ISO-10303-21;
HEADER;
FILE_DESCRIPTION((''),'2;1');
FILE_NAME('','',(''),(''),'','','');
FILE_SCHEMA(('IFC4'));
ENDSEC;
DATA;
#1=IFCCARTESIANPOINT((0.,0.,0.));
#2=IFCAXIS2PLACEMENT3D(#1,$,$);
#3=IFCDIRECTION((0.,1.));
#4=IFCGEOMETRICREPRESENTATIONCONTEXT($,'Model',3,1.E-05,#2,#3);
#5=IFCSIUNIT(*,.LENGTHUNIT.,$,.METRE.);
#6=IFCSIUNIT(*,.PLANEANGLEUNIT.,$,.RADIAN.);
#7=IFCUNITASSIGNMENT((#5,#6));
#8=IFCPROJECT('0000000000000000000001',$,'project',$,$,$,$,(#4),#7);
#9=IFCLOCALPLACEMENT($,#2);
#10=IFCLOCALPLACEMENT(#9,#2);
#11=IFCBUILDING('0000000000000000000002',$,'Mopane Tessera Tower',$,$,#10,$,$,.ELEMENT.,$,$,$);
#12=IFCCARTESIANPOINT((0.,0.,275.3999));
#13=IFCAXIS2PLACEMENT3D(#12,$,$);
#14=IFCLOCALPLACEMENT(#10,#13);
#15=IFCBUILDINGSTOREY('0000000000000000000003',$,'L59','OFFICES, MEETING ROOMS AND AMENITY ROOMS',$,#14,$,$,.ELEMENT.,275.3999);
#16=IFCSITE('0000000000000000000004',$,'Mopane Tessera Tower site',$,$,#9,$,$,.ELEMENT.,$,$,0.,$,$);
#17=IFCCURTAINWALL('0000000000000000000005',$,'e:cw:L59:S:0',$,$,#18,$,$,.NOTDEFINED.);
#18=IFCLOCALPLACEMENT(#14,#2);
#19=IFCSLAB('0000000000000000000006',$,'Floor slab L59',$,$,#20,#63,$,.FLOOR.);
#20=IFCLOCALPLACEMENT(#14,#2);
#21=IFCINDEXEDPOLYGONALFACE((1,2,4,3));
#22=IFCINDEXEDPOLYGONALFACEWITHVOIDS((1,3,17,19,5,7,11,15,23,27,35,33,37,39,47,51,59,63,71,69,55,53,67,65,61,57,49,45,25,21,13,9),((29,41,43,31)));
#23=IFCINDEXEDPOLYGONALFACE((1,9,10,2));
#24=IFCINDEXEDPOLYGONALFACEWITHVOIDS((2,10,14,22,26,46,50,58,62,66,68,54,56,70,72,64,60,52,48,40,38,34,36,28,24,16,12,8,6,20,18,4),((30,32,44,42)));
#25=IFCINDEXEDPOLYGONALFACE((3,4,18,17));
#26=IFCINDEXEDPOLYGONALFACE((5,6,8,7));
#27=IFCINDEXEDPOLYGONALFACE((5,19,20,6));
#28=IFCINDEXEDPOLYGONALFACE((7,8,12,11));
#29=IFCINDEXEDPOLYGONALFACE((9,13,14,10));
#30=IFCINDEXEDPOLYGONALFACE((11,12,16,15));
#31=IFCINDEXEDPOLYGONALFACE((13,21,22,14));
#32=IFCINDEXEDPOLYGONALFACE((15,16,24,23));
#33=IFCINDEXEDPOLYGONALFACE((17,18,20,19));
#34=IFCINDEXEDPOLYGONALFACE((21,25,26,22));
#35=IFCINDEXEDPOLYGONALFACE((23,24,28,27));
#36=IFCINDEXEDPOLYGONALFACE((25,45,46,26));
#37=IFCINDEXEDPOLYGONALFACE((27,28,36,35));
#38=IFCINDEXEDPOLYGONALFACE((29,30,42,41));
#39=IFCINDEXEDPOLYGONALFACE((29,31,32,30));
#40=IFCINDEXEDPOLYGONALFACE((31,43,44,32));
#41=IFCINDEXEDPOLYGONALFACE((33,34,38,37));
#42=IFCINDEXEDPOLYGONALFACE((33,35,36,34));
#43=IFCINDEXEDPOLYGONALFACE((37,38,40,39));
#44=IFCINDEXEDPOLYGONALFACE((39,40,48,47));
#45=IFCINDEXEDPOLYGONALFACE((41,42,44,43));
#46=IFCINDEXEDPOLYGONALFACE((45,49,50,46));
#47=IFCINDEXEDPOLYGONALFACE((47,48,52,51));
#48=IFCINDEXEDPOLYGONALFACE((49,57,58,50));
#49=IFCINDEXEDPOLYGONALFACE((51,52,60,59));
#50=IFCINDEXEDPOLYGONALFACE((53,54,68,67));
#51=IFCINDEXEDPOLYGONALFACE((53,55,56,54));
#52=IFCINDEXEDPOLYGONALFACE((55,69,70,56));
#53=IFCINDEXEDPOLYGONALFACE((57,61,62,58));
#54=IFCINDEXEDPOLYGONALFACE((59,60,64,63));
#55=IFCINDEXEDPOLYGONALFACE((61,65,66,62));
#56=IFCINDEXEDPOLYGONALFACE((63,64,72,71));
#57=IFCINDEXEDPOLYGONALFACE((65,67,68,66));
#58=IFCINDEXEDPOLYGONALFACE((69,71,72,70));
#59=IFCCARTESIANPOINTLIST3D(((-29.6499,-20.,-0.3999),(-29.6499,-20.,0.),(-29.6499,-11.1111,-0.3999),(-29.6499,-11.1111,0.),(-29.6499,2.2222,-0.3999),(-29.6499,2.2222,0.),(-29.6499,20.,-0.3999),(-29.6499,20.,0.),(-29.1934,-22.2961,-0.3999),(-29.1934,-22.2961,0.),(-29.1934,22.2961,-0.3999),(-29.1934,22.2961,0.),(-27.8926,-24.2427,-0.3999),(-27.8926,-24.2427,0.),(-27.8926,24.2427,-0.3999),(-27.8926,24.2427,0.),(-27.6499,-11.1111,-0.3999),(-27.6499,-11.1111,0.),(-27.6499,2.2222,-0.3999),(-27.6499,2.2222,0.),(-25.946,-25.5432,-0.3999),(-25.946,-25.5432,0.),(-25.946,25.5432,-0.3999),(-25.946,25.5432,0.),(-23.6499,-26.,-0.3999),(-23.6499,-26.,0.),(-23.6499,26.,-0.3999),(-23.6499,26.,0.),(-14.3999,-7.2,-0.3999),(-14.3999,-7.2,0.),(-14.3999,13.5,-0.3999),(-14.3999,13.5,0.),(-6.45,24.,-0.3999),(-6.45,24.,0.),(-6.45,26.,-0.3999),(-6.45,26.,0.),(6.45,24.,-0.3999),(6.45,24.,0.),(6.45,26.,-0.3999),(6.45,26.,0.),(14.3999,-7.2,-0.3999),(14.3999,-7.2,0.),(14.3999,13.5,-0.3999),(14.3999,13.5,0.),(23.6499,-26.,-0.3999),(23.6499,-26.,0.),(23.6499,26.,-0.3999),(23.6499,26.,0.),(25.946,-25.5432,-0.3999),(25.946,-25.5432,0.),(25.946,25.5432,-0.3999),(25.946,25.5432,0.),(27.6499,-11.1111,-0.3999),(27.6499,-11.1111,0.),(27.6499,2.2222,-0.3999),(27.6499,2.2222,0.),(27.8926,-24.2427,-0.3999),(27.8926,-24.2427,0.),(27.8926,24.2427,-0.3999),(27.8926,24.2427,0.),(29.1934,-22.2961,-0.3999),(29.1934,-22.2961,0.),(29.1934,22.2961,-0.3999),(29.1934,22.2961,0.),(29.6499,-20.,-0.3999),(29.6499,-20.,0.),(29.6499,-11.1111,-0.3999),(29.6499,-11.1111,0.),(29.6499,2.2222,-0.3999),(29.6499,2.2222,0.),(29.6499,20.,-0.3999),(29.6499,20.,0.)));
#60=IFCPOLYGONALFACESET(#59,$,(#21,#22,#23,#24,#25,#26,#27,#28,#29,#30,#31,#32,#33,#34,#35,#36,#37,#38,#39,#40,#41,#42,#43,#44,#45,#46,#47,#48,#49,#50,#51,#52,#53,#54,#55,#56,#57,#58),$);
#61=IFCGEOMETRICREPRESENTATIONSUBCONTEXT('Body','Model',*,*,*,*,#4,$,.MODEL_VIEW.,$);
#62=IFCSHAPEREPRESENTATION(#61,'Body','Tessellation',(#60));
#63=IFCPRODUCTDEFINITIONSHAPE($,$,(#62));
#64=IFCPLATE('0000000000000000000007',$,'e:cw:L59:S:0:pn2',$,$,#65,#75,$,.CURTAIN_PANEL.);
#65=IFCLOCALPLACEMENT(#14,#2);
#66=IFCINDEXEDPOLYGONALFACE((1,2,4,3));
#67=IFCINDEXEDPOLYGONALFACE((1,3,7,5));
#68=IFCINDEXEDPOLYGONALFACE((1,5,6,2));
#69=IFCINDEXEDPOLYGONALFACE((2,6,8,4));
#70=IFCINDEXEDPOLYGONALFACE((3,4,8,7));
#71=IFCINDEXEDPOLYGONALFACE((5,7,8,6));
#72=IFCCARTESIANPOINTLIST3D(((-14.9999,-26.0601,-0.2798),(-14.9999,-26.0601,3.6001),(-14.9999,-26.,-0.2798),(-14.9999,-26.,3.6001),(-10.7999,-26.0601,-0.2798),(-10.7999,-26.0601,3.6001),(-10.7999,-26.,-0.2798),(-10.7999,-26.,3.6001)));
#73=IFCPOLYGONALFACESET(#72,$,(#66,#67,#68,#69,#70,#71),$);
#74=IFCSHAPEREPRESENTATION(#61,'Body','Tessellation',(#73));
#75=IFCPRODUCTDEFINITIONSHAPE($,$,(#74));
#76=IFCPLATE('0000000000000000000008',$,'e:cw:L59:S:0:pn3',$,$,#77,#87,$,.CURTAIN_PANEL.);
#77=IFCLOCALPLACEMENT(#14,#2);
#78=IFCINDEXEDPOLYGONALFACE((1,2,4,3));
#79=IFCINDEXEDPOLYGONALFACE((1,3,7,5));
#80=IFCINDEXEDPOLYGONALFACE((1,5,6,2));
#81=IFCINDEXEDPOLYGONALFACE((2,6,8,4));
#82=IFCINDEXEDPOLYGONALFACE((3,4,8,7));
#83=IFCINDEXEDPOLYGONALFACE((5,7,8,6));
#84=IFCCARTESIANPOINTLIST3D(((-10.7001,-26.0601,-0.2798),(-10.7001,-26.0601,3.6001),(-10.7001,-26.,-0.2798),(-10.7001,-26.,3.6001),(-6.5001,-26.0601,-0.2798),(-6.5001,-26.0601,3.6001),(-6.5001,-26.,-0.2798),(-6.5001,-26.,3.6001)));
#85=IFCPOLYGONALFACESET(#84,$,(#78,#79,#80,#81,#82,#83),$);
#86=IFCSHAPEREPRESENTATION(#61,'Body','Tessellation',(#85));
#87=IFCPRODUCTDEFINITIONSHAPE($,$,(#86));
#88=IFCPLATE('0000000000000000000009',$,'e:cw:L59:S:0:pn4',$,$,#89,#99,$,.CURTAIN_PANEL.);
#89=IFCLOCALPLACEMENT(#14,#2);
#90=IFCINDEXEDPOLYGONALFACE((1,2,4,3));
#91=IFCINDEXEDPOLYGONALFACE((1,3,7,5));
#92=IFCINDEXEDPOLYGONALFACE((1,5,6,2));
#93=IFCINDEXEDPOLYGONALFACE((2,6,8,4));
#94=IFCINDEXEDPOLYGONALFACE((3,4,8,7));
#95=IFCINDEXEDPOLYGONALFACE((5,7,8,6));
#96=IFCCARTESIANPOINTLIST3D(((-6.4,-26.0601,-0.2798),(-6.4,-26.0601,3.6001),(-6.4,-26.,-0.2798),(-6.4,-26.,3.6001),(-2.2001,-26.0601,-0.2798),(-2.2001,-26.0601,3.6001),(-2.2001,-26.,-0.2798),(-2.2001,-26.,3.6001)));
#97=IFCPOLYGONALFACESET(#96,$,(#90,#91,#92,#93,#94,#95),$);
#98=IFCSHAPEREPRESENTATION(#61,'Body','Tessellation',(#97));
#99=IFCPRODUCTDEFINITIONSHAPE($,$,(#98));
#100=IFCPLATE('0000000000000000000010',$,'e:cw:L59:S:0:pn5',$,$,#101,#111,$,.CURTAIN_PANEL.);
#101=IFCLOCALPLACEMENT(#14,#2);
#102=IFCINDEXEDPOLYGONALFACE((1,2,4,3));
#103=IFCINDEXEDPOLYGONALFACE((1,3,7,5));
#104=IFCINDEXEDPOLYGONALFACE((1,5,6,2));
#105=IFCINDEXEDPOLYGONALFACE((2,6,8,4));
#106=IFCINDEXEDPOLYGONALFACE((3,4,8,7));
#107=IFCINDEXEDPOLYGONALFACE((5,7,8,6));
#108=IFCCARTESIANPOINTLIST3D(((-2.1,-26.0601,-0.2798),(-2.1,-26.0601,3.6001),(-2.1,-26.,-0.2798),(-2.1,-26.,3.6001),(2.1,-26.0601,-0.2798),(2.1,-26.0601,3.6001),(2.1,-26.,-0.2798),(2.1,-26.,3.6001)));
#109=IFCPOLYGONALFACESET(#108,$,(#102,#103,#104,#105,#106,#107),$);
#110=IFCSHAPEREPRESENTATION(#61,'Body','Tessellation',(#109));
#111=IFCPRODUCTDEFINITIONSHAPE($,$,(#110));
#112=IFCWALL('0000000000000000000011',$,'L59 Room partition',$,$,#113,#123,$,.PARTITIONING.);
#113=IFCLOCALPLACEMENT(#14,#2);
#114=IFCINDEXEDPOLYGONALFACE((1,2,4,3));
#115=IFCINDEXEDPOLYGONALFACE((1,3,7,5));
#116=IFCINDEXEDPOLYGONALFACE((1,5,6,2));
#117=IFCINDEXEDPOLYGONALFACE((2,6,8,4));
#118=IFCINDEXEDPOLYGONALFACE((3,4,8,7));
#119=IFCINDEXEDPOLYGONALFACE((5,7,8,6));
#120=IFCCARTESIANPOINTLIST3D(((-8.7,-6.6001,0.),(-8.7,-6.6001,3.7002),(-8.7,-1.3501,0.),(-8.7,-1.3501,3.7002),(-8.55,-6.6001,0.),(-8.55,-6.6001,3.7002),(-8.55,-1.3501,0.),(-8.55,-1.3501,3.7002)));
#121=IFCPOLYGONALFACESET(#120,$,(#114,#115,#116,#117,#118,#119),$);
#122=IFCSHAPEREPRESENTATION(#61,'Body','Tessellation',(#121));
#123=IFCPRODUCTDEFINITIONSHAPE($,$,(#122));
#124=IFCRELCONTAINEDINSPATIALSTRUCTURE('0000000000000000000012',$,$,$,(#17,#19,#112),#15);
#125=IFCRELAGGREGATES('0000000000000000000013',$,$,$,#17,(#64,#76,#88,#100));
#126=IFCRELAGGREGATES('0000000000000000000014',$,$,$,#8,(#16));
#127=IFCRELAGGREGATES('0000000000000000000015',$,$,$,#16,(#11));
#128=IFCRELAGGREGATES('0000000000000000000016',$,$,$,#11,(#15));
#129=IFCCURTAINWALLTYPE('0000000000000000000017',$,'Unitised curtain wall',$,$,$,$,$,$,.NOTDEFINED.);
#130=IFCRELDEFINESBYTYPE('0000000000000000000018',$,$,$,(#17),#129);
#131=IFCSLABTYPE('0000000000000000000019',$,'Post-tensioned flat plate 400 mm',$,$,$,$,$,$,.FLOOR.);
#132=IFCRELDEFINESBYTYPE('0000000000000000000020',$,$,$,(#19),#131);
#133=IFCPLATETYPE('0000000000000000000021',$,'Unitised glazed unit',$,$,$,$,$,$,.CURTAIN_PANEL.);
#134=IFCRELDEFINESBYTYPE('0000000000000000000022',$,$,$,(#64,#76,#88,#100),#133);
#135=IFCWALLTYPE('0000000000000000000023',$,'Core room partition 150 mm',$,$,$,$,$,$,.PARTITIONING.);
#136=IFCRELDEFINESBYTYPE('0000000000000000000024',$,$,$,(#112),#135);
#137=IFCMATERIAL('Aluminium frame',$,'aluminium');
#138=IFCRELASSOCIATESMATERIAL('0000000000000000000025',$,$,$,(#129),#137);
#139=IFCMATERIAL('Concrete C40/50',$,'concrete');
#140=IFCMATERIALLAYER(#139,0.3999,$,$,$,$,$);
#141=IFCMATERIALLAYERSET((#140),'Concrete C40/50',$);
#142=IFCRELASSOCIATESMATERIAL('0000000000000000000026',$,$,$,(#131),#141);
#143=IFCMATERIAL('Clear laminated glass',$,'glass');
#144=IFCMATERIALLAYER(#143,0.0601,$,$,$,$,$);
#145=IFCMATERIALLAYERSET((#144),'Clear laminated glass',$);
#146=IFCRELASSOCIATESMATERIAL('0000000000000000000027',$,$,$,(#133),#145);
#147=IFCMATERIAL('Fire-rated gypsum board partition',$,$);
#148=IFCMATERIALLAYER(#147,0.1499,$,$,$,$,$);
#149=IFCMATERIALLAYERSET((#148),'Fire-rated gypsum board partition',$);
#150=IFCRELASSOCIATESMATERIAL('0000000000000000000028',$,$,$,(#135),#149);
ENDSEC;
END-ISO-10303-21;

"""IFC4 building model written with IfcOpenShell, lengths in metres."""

from ifc_helpers import new_model, si_unit, direction, frame, frame_2d, origin, origin_2d, place, context, subcontext, project, spatial, polyline, rectangle, outline, extrude, material, layer, layer_set, type_object, element, aggregate, save


model = new_model("IFC4")

# Units and contexts
model_context = context("Model", 3, precision=1e-05, world=origin(), true_north=direction((0.0, 1.0)))
body_context = subcontext(model_context, "Body", "Model", "MODEL_VIEW")
ifc_project = project(units=[si_unit("LENGTHUNIT", "METRE"), si_unit("PLANEANGLEUNIT", "RADIAN")], contexts=[model_context])

# Site, building, storey
site_placement = place(None, origin())
site = spatial("IfcSite", under=ifc_project, at=site_placement, Name="Mopane Tessera Tower site", CompositionType="ELEMENT", RefElevation=0.0)
building_placement = place(site_placement, origin())
building = spatial("IfcBuilding", under=site, at=building_placement, Name="Mopane Tessera Tower", CompositionType="ELEMENT")
storey_placement = place(building_placement, frame((0.0, 0.0, 275.3999)))
storey = spatial("IfcBuildingStorey", under=building, at=storey_placement, Name="L59", Description="OFFICES, MEETING ROOMS AND AMENITY ROOMS", CompositionType="ELEMENT", Elevation=275.3999)

# Curtain wall
ifc_material_1 = material(Name="Aluminium frame", Category="aluminium")
curtain_wall_type = type_object("IfcCurtainWallType", Name="Unitised curtain wall", PredefinedType="NOTDEFINED", material=ifc_material_1)
curtain_wall_placement = place(storey_placement, origin())
curtain_wall = element("IfcCurtainWall", 1, at=curtain_wall_placement, inside=storey, type_object=curtain_wall_type, Name="e:cw:L59:S:0", PredefinedType="NOTDEFINED")

# Slab
ifc_material_2 = material(Name="Concrete C40/50", Category="concrete")
ifc_layer_1 = layer(ifc_material_2, 0.3999)
ifc_layer_set_1 = layer_set([ifc_layer_1], Name="Concrete C40/50")
slab_type_1 = type_object("IfcSlabType", Name="Post-tensioned flat plate 400 mm", PredefinedType="FLOOR", material=ifc_layer_set_1)
slab_1_placement = place(storey_placement, frame((0.0, 0.0, -0.3999)))
element("IfcSlab", 2, at=slab_1_placement, inside=storey, type_object=slab_type_1, Name="Floor slab L59", PredefinedType="FLOOR", context=body_context, shape_type="SweptSolid", body=[
    extrude(outline(polyline([(29.6499, -20.0), (29.6499, -11.1111), (27.6499, -11.1111), (27.6499, 2.2222), (29.6499, 2.2222), (29.6499, 20.0), (29.1934, 22.2961), (27.8926, 24.2427), (25.946, 25.5432), (23.6499, 26.0), (6.45, 26.0), (6.45, 24.0), (-6.45, 24.0), (-6.45, 26.0), (-23.6499, 26.0), (-25.946, 25.5432), (-27.8926, 24.2427), (-29.1934, 22.2961), (-29.6499, 20.0), (-29.6499, 2.2222), (-27.6499, 2.2222), (-27.6499, -11.1111), (-29.6499, -11.1111), (-29.6499, -20.0), (-29.1934, -22.2961), (-27.8926, -24.2427), (-25.946, -25.5432), (-23.6499, -26.0), (23.6499, -26.0), (25.946, -25.5432), (27.8926, -24.2427), (29.1934, -22.2961), (29.6499, -20.0)]), holes=[polyline([(14.3999, -7.2), (-14.3999, -7.2), (-14.3999, 13.5), (14.3999, 13.5), (14.3999, -7.2)])]), origin(), (0.0, 0.0, 1.0), 0.3999),
])

# Plates
ifc_material_3 = material(Name="Clear laminated glass", Category="glass")
ifc_layer_2 = layer(ifc_material_3, 0.0601)
ifc_layer_set_2 = layer_set([ifc_layer_2], Name="Clear laminated glass")
plate_type = type_object("IfcPlateType", Name="Unitised glazed unit", PredefinedType="CURTAIN_PANEL", material=ifc_layer_set_2)
plate_1_placement = place(storey_placement, frame((-12.8999, -26.03, -0.2798), z_axis=(0.0, 0.0, 1.0), x_axis=(1.0, 0.0, 0.0)))
plate_1 = element("IfcPlate", 3, at=plate_1_placement, type_object=plate_type, Name="e:cw:L59:S:0:pn2", PredefinedType="CURTAIN_PANEL", context=body_context, shape_type="SweptSolid", body=[
    extrude(rectangle(XDim=4.2, YDim=0.0601, at=origin_2d()), origin(), (0.0, 0.0, 1.0), 3.8799),
])
plate_2_placement = place(storey_placement, frame((-8.6001, -26.03, -0.2798), z_axis=(0.0, 0.0, 1.0), x_axis=(1.0, 0.0, 0.0)))
plate_2 = element("IfcPlate", 4, at=plate_2_placement, type_object=plate_type, Name="e:cw:L59:S:0:pn3", PredefinedType="CURTAIN_PANEL", context=body_context, shape_type="SweptSolid", body=[
    extrude(rectangle(XDim=4.2, YDim=0.0601, at=origin_2d()), origin(), (0.0, 0.0, 1.0), 3.8799),
])
plate_3_placement = place(storey_placement, frame((-4.3, -26.03, -0.2798), z_axis=(0.0, 0.0, 1.0), x_axis=(1.0, 0.0, 0.0)))
plate_3 = element("IfcPlate", 5, at=plate_3_placement, type_object=plate_type, Name="e:cw:L59:S:0:pn4", PredefinedType="CURTAIN_PANEL", context=body_context, shape_type="SweptSolid", body=[
    extrude(rectangle(XDim=4.2, YDim=0.0601, at=origin_2d()), origin(), (0.0, 0.0, 1.0), 3.8799),
])
plate_4_placement = place(storey_placement, frame((0.0, -26.03, -0.2798), z_axis=(0.0, 0.0, 1.0), x_axis=(1.0, 0.0, 0.0)))
plate_4 = element("IfcPlate", 6, at=plate_4_placement, type_object=plate_type, Name="e:cw:L59:S:0:pn5", PredefinedType="CURTAIN_PANEL", context=body_context, shape_type="SweptSolid", body=[
    extrude(rectangle(XDim=4.2, YDim=0.0601, at=origin_2d()), origin(), (0.0, 0.0, 1.0), 3.8799),
])
aggregate(curtain_wall, [plate_1, plate_2, plate_3, plate_4])

# Wall
ifc_material_4 = material(Name="Fire-rated gypsum board partition")
ifc_layer_3 = layer(ifc_material_4, 0.1499)
ifc_layer_set_3 = layer_set([ifc_layer_3], Name="Fire-rated gypsum board partition")
wall_type_1 = type_object("IfcWallType", Name="Core room partition 150 mm", PredefinedType="PARTITIONING", material=ifc_layer_set_3)
wall_1_placement = place(storey_placement, frame((-8.625, -6.6001, 0.0), z_axis=(0.0, 0.0, 1.0), x_axis=(0.0, 1.0, 0.0)))
element("IfcWall", 7, at=wall_1_placement, inside=storey, type_object=wall_type_1, Name="L59 Room partition", PredefinedType="PARTITIONING", context=body_context, shape_type="SweptSolid", body=[
    extrude(rectangle(XDim=5.25, YDim=0.1499, at=frame_2d((2.625, 0.0))), origin(), (0.0, 0.0, 1.0), 3.7002),
])

save(model, "model.ifc")
